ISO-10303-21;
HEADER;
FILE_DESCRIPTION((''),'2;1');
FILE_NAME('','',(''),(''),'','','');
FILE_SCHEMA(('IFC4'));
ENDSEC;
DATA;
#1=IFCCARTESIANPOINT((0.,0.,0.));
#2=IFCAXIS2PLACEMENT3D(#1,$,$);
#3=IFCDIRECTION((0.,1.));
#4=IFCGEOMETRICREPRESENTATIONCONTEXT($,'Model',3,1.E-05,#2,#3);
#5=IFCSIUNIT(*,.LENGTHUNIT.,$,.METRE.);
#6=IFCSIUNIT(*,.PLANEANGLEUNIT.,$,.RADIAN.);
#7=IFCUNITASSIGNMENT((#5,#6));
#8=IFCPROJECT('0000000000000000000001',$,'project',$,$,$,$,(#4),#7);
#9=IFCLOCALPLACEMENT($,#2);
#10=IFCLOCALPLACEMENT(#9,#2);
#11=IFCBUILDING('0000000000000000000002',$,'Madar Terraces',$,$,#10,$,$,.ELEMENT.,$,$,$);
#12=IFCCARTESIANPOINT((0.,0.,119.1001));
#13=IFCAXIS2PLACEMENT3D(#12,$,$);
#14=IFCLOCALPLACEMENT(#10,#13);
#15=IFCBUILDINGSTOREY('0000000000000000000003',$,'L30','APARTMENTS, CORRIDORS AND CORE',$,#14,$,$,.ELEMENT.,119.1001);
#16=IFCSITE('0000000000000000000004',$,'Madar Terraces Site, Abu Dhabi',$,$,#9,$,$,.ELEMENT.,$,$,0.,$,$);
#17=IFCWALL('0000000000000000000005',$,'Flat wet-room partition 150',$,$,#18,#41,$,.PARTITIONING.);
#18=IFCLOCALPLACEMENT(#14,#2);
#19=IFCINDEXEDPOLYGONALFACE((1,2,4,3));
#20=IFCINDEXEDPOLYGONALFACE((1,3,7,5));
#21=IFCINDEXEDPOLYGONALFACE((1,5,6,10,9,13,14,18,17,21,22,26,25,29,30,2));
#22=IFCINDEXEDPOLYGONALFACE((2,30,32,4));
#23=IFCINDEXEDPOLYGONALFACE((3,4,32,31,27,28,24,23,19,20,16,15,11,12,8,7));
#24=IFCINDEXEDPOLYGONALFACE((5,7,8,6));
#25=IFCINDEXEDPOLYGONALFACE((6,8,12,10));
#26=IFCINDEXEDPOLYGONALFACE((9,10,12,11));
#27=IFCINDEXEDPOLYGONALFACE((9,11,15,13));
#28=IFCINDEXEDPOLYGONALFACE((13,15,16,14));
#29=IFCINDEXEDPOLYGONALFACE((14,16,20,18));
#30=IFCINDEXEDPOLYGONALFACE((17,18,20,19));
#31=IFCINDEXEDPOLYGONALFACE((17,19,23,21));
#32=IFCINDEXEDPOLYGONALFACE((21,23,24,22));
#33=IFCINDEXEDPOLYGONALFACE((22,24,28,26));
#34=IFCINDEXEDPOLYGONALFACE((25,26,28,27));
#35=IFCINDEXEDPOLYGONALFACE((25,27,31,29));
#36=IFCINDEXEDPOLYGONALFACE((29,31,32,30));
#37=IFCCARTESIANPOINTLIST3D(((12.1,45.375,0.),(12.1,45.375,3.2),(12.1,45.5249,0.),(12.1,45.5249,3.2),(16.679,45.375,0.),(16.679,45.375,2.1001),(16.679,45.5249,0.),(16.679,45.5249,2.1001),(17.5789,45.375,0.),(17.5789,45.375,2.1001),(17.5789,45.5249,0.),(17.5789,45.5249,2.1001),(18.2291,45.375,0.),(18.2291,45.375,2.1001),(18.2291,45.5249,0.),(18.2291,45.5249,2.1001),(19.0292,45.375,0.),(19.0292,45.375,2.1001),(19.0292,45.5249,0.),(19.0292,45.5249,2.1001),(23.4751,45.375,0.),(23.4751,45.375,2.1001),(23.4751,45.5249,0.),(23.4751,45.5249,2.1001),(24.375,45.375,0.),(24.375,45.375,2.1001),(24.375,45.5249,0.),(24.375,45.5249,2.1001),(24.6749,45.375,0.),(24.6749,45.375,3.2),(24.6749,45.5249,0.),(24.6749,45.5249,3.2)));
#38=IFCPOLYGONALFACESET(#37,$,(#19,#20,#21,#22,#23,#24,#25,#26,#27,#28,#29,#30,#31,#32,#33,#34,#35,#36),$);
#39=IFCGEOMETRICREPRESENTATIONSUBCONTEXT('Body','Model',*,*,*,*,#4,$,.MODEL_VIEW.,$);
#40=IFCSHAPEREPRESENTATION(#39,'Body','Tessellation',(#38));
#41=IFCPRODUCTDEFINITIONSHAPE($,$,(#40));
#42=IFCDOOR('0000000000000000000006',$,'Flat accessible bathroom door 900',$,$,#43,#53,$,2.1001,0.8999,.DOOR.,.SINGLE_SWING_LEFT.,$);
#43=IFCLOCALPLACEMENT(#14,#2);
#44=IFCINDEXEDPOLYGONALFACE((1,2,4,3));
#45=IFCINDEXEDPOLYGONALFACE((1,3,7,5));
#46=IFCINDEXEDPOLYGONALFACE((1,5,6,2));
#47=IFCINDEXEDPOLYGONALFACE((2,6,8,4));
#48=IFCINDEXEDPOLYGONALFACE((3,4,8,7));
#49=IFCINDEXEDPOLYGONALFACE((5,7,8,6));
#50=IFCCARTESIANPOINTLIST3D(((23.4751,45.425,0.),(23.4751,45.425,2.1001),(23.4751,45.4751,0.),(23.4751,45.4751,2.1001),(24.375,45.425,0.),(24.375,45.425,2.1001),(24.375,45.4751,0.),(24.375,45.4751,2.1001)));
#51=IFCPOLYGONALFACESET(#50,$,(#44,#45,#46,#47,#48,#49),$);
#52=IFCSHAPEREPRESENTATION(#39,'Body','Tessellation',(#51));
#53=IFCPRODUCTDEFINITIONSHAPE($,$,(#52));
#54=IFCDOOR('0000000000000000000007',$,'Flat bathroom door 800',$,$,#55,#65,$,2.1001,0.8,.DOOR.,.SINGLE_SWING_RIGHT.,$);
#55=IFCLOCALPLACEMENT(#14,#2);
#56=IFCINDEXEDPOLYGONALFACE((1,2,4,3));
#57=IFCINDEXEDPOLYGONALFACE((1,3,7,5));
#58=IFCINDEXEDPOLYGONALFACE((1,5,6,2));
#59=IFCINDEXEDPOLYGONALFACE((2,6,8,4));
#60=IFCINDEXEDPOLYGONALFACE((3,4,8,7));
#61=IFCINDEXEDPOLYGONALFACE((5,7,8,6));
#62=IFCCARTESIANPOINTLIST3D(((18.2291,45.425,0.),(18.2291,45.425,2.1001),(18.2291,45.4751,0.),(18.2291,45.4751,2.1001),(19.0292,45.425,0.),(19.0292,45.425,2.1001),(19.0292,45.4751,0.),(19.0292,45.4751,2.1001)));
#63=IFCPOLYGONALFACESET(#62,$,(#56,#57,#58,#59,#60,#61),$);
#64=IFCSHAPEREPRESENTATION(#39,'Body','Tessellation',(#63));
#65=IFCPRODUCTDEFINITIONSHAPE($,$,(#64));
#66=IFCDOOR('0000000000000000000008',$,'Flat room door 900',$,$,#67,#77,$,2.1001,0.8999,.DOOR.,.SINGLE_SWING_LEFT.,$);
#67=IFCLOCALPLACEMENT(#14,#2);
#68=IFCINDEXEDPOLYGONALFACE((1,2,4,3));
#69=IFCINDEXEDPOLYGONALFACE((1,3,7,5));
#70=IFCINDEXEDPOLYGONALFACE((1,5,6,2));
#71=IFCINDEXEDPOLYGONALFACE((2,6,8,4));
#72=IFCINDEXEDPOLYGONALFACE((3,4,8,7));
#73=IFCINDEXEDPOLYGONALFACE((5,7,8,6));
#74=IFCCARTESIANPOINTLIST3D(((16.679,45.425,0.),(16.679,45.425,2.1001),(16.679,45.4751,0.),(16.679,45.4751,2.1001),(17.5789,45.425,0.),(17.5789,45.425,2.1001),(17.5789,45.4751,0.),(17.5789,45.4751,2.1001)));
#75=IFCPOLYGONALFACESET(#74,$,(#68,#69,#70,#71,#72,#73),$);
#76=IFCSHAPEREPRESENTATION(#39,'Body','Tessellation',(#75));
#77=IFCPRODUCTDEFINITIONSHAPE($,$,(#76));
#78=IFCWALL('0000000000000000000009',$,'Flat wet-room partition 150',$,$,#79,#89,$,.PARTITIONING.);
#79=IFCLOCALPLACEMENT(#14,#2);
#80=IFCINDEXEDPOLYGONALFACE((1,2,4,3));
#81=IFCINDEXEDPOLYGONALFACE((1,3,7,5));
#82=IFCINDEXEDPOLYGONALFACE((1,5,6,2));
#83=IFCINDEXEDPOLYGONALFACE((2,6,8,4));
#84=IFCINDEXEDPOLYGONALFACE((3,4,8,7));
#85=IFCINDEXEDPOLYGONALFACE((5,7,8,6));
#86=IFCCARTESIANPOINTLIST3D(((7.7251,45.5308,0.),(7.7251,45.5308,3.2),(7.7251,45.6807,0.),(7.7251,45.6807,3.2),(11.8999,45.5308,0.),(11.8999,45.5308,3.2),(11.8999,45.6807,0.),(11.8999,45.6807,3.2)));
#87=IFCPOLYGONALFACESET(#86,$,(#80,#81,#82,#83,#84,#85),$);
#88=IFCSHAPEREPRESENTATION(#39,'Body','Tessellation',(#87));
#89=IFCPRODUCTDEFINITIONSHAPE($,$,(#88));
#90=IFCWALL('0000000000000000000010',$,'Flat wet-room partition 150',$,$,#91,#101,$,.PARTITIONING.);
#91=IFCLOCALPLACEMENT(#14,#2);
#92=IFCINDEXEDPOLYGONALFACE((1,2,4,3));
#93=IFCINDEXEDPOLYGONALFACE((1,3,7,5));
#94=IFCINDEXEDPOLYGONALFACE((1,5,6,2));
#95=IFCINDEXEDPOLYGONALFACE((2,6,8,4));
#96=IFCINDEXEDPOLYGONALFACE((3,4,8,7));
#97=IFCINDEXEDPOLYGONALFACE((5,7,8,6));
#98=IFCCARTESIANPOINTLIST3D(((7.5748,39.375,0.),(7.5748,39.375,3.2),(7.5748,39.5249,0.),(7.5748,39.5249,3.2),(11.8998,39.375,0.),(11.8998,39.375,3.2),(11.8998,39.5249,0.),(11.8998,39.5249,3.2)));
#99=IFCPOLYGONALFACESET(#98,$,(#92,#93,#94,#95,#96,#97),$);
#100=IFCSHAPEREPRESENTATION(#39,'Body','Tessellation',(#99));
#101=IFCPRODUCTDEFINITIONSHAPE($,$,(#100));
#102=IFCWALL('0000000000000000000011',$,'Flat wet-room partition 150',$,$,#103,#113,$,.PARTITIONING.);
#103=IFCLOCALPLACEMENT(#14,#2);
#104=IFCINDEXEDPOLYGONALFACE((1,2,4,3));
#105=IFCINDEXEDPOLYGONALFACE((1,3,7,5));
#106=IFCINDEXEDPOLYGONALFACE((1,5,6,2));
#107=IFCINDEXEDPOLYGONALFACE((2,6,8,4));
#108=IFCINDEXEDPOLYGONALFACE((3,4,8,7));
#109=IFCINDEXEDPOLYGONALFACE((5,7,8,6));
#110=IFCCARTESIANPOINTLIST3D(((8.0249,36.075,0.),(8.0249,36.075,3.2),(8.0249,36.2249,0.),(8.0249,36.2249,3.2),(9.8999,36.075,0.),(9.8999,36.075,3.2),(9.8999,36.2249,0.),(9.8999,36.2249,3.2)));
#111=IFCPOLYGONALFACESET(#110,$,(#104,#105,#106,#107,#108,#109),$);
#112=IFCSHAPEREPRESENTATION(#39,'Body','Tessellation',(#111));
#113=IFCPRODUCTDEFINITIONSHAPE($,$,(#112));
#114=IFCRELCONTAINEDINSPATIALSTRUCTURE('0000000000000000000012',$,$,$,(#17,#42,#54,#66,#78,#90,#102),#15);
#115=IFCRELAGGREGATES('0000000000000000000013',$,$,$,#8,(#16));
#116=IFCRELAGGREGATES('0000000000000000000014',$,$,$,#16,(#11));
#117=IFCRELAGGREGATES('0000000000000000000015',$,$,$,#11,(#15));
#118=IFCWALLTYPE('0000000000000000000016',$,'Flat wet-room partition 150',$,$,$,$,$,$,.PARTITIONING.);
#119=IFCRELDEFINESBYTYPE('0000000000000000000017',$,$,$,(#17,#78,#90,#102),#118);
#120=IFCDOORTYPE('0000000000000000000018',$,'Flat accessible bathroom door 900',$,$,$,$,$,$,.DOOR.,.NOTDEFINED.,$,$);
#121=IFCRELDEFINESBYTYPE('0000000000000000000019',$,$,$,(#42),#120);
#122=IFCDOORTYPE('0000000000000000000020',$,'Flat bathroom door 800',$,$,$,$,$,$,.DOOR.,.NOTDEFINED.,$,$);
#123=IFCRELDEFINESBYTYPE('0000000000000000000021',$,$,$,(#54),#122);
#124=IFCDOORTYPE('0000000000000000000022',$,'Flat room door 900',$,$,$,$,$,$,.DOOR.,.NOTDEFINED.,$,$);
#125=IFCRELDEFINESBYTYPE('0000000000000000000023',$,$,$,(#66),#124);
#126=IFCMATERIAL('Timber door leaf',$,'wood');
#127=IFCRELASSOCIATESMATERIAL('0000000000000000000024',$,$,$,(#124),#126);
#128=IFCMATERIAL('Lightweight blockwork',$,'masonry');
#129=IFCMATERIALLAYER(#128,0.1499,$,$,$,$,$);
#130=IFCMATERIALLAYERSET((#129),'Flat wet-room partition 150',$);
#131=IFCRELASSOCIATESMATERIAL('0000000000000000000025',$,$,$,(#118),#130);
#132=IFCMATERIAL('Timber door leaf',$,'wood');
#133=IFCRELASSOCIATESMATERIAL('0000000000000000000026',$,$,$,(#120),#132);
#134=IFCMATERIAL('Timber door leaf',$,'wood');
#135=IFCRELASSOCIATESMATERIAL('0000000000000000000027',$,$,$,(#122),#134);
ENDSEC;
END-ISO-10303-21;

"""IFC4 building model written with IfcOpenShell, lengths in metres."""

from ifc_helpers import new_model, si_unit, direction, frame, frame_2d, origin, place, context, subcontext, project, spatial, rectangle, extrude, material, layer, layer_set, type_object, element, fill, save


model = new_model("IFC4")

# Units and contexts
model_context = context("Model", 3, precision=1e-05, world=origin(), true_north=direction((0.0, 1.0)))
body_context = subcontext(model_context, "Body", "Model", "MODEL_VIEW")
ifc_project = project(units=[si_unit("LENGTHUNIT", "METRE"), si_unit("PLANEANGLEUNIT", "RADIAN")], contexts=[model_context])

# Site, building, storey
site_placement = place(None, origin())
site = spatial("IfcSite", under=ifc_project, at=site_placement, Name="Madar Terraces Site, Abu Dhabi", CompositionType="ELEMENT", RefElevation=0.0)
building_placement = place(site_placement, origin())
building = spatial("IfcBuilding", under=site, at=building_placement, Name="Madar Terraces", CompositionType="ELEMENT")
storey_placement = place(building_placement, frame((0.0, 0.0, 119.1001)))
storey = spatial("IfcBuildingStorey", under=building, at=storey_placement, Name="L30", Description="APARTMENTS, CORRIDORS AND CORE", CompositionType="ELEMENT", Elevation=119.1001)

# Shared definitions
ifc_material_1 = material(Name="Timber door leaf", Category="wood")
door_type_1 = type_object("IfcDoorType", Name="Flat room door 900", OperationType="NOTDEFINED", PredefinedType="DOOR", material=ifc_material_1)

# Shared definitions
ifc_material_2 = material(Name="Lightweight blockwork", Category="masonry")
ifc_layer_1 = layer(ifc_material_2, 0.1499)
ifc_layer_set_1 = layer_set([ifc_layer_1], Name="Flat wet-room partition 150")
wall_type_1 = type_object("IfcWallType", Name="Flat wet-room partition 150", PredefinedType="PARTITIONING", material=ifc_layer_set_1)

# Wall, openings, doors
wall_1_placement = place(storey_placement, frame((24.675, 45.45, 0.0), z_axis=(0.0, 0.0, 1.0), x_axis=(-1.0, 0.0, 0.0)))
wall_1 = element("IfcWall", 1, at=wall_1_placement, inside=storey, type_object=wall_type_1, Name="Flat wet-room partition 150", PredefinedType="PARTITIONING", context=body_context, shape_type="SweptSolid", body=[
    extrude(rectangle(XDim=12.575, YDim=0.1499, at=frame_2d((6.2876, 0.0))), origin(), (0.0, 0.0, 1.0), 3.2),
])
opening_1_placement = place(wall_1_placement, frame((0.3, 0.0, 0.0)))
opening_1 = element("IfcOpeningElement", 2, at=opening_1_placement, cuts=wall_1, PredefinedType="OPENING", context=body_context, shape_type="SweptSolid", body=[
    extrude(rectangle(XDim=0.8999, YDim=2.1001, at=frame_2d((0.45, 1.05))), frame((0.0, 0.085, 0.0), z_axis=(0.0, -1.0, 0.0), x_axis=(1.0, 0.0, 0.0)), (0.0, 0.0, 1.0), 0.1699),
])
opening_2_placement = place(wall_1_placement, frame((5.646, 0.0, 0.0)))
opening_2 = element("IfcOpeningElement", 3, at=opening_2_placement, cuts=wall_1, PredefinedType="OPENING", context=body_context, shape_type="SweptSolid", body=[
    extrude(rectangle(XDim=0.8, YDim=2.1001, at=frame_2d((0.3999, 1.05))), frame((0.0, 0.085, 0.0), z_axis=(0.0, -1.0, 0.0), x_axis=(1.0, 0.0, 0.0)), (0.0, 0.0, 1.0), 0.1699),
])
opening_3_placement = place(wall_1_placement, frame((7.0962, 0.0, 0.0)))
opening_3 = element("IfcOpeningElement", 4, at=opening_3_placement, cuts=wall_1, PredefinedType="OPENING", context=body_context, shape_type="SweptSolid", body=[
    extrude(rectangle(XDim=0.8999, YDim=2.1001, at=frame_2d((0.45, 1.05))), frame((0.0, 0.085, 0.0), z_axis=(0.0, -1.0, 0.0), x_axis=(1.0, 0.0, 0.0)), (0.0, 0.0, 1.0), 0.1699),
])
ifc_material_3 = material(Name="Timber door leaf", Category="wood")
door_type_2 = type_object("IfcDoorType", Name="Flat accessible bathroom door 900", OperationType="NOTDEFINED", PredefinedType="DOOR", material=ifc_material_3)
door_1_placement = place(opening_1_placement, origin())
door_1 = element("IfcDoor", 5, at=door_1_placement, inside=storey, type_object=door_type_2, Name="Flat accessible bathroom door 900", OperationType="SINGLE_SWING_LEFT", OverallHeight=2.1001, OverallWidth=0.8999, PredefinedType="DOOR", context=body_context, shape_type="SweptSolid", body=[
    extrude(rectangle(XDim=0.8999, YDim=2.1001, at=frame_2d((0.45, 1.05))), frame((0.0, 0.0249, 0.0), z_axis=(0.0, -1.0, 0.0), x_axis=(1.0, 0.0, 0.0)), (0.0, 0.0, 1.0), 0.05),
])
fill(opening_1, door_1)
ifc_material_4 = material(Name="Timber door leaf", Category="wood")
door_type_3 = type_object("IfcDoorType", Name="Flat bathroom door 800", OperationType="NOTDEFINED", PredefinedType="DOOR", material=ifc_material_4)
door_2_placement = place(opening_2_placement, origin())
door_2 = element("IfcDoor", 6, at=door_2_placement, inside=storey, type_object=door_type_3, Name="Flat bathroom door 800", OperationType="SINGLE_SWING_RIGHT", OverallHeight=2.1001, OverallWidth=0.8, PredefinedType="DOOR", context=body_context, shape_type="SweptSolid", body=[
    extrude(rectangle(XDim=0.8, YDim=2.1001, at=frame_2d((0.3999, 1.05))), frame((0.0, 0.0249, 0.0), z_axis=(0.0, -1.0, 0.0), x_axis=(1.0, 0.0, 0.0)), (0.0, 0.0, 1.0), 0.05),
])
fill(opening_2, door_2)
door_3_placement = place(opening_3_placement, origin())
door_3 = element("IfcDoor", 7, at=door_3_placement, inside=storey, type_object=door_type_1, Name="Flat room door 900", OperationType="SINGLE_SWING_LEFT", OverallHeight=2.1001, OverallWidth=0.8999, PredefinedType="DOOR", context=body_context, shape_type="SweptSolid", body=[
    extrude(rectangle(XDim=0.8999, YDim=2.1001, at=frame_2d((0.45, 1.05))), frame((0.0, 0.0249, 0.0), z_axis=(0.0, -1.0, 0.0), x_axis=(1.0, 0.0, 0.0)), (0.0, 0.0, 1.0), 0.05),
])
fill(opening_3, door_3)

# Walls
wall_2_placement = place(storey_placement, frame((11.8999, 45.6057, 0.0), z_axis=(0.0, 0.0, 1.0), x_axis=(-1.0, 0.0, 0.0)))
element("IfcWall", 8, at=wall_2_placement, inside=storey, type_object=wall_type_1, Name="Flat wet-room partition 150", PredefinedType="PARTITIONING", context=body_context, shape_type="SweptSolid", body=[
    extrude(rectangle(XDim=4.1748, YDim=0.1499, at=frame_2d((2.0874, 0.0))), origin(), (0.0, 0.0, 1.0), 3.2),
])
wall_3_placement = place(storey_placement, frame((11.8999, 39.45, 0.0), z_axis=(0.0, 0.0, 1.0), x_axis=(-1.0, 0.0, 0.0)))
element("IfcWall", 9, at=wall_3_placement, inside=storey, type_object=wall_type_1, Name="Flat wet-room partition 150", PredefinedType="PARTITIONING", context=body_context, shape_type="SweptSolid", body=[
    extrude(rectangle(XDim=4.325, YDim=0.1499, at=frame_2d((2.1626, 0.0))), origin(), (0.0, 0.0, 1.0), 3.2),
])
wall_4_placement = place(storey_placement, frame((9.8999, 36.1499, 0.0), z_axis=(0.0, 0.0, 1.0), x_axis=(-1.0, 0.0, 0.0)))
element("IfcWall", 10, at=wall_4_placement, inside=storey, type_object=wall_type_1, Name="Flat wet-room partition 150", PredefinedType="PARTITIONING", context=body_context, shape_type="SweptSolid", body=[
    extrude(rectangle(XDim=1.875, YDim=0.1499, at=frame_2d((0.9375, 0.0))), origin(), (0.0, 0.0, 1.0), 3.2),
])

save(model, "model.ifc")
